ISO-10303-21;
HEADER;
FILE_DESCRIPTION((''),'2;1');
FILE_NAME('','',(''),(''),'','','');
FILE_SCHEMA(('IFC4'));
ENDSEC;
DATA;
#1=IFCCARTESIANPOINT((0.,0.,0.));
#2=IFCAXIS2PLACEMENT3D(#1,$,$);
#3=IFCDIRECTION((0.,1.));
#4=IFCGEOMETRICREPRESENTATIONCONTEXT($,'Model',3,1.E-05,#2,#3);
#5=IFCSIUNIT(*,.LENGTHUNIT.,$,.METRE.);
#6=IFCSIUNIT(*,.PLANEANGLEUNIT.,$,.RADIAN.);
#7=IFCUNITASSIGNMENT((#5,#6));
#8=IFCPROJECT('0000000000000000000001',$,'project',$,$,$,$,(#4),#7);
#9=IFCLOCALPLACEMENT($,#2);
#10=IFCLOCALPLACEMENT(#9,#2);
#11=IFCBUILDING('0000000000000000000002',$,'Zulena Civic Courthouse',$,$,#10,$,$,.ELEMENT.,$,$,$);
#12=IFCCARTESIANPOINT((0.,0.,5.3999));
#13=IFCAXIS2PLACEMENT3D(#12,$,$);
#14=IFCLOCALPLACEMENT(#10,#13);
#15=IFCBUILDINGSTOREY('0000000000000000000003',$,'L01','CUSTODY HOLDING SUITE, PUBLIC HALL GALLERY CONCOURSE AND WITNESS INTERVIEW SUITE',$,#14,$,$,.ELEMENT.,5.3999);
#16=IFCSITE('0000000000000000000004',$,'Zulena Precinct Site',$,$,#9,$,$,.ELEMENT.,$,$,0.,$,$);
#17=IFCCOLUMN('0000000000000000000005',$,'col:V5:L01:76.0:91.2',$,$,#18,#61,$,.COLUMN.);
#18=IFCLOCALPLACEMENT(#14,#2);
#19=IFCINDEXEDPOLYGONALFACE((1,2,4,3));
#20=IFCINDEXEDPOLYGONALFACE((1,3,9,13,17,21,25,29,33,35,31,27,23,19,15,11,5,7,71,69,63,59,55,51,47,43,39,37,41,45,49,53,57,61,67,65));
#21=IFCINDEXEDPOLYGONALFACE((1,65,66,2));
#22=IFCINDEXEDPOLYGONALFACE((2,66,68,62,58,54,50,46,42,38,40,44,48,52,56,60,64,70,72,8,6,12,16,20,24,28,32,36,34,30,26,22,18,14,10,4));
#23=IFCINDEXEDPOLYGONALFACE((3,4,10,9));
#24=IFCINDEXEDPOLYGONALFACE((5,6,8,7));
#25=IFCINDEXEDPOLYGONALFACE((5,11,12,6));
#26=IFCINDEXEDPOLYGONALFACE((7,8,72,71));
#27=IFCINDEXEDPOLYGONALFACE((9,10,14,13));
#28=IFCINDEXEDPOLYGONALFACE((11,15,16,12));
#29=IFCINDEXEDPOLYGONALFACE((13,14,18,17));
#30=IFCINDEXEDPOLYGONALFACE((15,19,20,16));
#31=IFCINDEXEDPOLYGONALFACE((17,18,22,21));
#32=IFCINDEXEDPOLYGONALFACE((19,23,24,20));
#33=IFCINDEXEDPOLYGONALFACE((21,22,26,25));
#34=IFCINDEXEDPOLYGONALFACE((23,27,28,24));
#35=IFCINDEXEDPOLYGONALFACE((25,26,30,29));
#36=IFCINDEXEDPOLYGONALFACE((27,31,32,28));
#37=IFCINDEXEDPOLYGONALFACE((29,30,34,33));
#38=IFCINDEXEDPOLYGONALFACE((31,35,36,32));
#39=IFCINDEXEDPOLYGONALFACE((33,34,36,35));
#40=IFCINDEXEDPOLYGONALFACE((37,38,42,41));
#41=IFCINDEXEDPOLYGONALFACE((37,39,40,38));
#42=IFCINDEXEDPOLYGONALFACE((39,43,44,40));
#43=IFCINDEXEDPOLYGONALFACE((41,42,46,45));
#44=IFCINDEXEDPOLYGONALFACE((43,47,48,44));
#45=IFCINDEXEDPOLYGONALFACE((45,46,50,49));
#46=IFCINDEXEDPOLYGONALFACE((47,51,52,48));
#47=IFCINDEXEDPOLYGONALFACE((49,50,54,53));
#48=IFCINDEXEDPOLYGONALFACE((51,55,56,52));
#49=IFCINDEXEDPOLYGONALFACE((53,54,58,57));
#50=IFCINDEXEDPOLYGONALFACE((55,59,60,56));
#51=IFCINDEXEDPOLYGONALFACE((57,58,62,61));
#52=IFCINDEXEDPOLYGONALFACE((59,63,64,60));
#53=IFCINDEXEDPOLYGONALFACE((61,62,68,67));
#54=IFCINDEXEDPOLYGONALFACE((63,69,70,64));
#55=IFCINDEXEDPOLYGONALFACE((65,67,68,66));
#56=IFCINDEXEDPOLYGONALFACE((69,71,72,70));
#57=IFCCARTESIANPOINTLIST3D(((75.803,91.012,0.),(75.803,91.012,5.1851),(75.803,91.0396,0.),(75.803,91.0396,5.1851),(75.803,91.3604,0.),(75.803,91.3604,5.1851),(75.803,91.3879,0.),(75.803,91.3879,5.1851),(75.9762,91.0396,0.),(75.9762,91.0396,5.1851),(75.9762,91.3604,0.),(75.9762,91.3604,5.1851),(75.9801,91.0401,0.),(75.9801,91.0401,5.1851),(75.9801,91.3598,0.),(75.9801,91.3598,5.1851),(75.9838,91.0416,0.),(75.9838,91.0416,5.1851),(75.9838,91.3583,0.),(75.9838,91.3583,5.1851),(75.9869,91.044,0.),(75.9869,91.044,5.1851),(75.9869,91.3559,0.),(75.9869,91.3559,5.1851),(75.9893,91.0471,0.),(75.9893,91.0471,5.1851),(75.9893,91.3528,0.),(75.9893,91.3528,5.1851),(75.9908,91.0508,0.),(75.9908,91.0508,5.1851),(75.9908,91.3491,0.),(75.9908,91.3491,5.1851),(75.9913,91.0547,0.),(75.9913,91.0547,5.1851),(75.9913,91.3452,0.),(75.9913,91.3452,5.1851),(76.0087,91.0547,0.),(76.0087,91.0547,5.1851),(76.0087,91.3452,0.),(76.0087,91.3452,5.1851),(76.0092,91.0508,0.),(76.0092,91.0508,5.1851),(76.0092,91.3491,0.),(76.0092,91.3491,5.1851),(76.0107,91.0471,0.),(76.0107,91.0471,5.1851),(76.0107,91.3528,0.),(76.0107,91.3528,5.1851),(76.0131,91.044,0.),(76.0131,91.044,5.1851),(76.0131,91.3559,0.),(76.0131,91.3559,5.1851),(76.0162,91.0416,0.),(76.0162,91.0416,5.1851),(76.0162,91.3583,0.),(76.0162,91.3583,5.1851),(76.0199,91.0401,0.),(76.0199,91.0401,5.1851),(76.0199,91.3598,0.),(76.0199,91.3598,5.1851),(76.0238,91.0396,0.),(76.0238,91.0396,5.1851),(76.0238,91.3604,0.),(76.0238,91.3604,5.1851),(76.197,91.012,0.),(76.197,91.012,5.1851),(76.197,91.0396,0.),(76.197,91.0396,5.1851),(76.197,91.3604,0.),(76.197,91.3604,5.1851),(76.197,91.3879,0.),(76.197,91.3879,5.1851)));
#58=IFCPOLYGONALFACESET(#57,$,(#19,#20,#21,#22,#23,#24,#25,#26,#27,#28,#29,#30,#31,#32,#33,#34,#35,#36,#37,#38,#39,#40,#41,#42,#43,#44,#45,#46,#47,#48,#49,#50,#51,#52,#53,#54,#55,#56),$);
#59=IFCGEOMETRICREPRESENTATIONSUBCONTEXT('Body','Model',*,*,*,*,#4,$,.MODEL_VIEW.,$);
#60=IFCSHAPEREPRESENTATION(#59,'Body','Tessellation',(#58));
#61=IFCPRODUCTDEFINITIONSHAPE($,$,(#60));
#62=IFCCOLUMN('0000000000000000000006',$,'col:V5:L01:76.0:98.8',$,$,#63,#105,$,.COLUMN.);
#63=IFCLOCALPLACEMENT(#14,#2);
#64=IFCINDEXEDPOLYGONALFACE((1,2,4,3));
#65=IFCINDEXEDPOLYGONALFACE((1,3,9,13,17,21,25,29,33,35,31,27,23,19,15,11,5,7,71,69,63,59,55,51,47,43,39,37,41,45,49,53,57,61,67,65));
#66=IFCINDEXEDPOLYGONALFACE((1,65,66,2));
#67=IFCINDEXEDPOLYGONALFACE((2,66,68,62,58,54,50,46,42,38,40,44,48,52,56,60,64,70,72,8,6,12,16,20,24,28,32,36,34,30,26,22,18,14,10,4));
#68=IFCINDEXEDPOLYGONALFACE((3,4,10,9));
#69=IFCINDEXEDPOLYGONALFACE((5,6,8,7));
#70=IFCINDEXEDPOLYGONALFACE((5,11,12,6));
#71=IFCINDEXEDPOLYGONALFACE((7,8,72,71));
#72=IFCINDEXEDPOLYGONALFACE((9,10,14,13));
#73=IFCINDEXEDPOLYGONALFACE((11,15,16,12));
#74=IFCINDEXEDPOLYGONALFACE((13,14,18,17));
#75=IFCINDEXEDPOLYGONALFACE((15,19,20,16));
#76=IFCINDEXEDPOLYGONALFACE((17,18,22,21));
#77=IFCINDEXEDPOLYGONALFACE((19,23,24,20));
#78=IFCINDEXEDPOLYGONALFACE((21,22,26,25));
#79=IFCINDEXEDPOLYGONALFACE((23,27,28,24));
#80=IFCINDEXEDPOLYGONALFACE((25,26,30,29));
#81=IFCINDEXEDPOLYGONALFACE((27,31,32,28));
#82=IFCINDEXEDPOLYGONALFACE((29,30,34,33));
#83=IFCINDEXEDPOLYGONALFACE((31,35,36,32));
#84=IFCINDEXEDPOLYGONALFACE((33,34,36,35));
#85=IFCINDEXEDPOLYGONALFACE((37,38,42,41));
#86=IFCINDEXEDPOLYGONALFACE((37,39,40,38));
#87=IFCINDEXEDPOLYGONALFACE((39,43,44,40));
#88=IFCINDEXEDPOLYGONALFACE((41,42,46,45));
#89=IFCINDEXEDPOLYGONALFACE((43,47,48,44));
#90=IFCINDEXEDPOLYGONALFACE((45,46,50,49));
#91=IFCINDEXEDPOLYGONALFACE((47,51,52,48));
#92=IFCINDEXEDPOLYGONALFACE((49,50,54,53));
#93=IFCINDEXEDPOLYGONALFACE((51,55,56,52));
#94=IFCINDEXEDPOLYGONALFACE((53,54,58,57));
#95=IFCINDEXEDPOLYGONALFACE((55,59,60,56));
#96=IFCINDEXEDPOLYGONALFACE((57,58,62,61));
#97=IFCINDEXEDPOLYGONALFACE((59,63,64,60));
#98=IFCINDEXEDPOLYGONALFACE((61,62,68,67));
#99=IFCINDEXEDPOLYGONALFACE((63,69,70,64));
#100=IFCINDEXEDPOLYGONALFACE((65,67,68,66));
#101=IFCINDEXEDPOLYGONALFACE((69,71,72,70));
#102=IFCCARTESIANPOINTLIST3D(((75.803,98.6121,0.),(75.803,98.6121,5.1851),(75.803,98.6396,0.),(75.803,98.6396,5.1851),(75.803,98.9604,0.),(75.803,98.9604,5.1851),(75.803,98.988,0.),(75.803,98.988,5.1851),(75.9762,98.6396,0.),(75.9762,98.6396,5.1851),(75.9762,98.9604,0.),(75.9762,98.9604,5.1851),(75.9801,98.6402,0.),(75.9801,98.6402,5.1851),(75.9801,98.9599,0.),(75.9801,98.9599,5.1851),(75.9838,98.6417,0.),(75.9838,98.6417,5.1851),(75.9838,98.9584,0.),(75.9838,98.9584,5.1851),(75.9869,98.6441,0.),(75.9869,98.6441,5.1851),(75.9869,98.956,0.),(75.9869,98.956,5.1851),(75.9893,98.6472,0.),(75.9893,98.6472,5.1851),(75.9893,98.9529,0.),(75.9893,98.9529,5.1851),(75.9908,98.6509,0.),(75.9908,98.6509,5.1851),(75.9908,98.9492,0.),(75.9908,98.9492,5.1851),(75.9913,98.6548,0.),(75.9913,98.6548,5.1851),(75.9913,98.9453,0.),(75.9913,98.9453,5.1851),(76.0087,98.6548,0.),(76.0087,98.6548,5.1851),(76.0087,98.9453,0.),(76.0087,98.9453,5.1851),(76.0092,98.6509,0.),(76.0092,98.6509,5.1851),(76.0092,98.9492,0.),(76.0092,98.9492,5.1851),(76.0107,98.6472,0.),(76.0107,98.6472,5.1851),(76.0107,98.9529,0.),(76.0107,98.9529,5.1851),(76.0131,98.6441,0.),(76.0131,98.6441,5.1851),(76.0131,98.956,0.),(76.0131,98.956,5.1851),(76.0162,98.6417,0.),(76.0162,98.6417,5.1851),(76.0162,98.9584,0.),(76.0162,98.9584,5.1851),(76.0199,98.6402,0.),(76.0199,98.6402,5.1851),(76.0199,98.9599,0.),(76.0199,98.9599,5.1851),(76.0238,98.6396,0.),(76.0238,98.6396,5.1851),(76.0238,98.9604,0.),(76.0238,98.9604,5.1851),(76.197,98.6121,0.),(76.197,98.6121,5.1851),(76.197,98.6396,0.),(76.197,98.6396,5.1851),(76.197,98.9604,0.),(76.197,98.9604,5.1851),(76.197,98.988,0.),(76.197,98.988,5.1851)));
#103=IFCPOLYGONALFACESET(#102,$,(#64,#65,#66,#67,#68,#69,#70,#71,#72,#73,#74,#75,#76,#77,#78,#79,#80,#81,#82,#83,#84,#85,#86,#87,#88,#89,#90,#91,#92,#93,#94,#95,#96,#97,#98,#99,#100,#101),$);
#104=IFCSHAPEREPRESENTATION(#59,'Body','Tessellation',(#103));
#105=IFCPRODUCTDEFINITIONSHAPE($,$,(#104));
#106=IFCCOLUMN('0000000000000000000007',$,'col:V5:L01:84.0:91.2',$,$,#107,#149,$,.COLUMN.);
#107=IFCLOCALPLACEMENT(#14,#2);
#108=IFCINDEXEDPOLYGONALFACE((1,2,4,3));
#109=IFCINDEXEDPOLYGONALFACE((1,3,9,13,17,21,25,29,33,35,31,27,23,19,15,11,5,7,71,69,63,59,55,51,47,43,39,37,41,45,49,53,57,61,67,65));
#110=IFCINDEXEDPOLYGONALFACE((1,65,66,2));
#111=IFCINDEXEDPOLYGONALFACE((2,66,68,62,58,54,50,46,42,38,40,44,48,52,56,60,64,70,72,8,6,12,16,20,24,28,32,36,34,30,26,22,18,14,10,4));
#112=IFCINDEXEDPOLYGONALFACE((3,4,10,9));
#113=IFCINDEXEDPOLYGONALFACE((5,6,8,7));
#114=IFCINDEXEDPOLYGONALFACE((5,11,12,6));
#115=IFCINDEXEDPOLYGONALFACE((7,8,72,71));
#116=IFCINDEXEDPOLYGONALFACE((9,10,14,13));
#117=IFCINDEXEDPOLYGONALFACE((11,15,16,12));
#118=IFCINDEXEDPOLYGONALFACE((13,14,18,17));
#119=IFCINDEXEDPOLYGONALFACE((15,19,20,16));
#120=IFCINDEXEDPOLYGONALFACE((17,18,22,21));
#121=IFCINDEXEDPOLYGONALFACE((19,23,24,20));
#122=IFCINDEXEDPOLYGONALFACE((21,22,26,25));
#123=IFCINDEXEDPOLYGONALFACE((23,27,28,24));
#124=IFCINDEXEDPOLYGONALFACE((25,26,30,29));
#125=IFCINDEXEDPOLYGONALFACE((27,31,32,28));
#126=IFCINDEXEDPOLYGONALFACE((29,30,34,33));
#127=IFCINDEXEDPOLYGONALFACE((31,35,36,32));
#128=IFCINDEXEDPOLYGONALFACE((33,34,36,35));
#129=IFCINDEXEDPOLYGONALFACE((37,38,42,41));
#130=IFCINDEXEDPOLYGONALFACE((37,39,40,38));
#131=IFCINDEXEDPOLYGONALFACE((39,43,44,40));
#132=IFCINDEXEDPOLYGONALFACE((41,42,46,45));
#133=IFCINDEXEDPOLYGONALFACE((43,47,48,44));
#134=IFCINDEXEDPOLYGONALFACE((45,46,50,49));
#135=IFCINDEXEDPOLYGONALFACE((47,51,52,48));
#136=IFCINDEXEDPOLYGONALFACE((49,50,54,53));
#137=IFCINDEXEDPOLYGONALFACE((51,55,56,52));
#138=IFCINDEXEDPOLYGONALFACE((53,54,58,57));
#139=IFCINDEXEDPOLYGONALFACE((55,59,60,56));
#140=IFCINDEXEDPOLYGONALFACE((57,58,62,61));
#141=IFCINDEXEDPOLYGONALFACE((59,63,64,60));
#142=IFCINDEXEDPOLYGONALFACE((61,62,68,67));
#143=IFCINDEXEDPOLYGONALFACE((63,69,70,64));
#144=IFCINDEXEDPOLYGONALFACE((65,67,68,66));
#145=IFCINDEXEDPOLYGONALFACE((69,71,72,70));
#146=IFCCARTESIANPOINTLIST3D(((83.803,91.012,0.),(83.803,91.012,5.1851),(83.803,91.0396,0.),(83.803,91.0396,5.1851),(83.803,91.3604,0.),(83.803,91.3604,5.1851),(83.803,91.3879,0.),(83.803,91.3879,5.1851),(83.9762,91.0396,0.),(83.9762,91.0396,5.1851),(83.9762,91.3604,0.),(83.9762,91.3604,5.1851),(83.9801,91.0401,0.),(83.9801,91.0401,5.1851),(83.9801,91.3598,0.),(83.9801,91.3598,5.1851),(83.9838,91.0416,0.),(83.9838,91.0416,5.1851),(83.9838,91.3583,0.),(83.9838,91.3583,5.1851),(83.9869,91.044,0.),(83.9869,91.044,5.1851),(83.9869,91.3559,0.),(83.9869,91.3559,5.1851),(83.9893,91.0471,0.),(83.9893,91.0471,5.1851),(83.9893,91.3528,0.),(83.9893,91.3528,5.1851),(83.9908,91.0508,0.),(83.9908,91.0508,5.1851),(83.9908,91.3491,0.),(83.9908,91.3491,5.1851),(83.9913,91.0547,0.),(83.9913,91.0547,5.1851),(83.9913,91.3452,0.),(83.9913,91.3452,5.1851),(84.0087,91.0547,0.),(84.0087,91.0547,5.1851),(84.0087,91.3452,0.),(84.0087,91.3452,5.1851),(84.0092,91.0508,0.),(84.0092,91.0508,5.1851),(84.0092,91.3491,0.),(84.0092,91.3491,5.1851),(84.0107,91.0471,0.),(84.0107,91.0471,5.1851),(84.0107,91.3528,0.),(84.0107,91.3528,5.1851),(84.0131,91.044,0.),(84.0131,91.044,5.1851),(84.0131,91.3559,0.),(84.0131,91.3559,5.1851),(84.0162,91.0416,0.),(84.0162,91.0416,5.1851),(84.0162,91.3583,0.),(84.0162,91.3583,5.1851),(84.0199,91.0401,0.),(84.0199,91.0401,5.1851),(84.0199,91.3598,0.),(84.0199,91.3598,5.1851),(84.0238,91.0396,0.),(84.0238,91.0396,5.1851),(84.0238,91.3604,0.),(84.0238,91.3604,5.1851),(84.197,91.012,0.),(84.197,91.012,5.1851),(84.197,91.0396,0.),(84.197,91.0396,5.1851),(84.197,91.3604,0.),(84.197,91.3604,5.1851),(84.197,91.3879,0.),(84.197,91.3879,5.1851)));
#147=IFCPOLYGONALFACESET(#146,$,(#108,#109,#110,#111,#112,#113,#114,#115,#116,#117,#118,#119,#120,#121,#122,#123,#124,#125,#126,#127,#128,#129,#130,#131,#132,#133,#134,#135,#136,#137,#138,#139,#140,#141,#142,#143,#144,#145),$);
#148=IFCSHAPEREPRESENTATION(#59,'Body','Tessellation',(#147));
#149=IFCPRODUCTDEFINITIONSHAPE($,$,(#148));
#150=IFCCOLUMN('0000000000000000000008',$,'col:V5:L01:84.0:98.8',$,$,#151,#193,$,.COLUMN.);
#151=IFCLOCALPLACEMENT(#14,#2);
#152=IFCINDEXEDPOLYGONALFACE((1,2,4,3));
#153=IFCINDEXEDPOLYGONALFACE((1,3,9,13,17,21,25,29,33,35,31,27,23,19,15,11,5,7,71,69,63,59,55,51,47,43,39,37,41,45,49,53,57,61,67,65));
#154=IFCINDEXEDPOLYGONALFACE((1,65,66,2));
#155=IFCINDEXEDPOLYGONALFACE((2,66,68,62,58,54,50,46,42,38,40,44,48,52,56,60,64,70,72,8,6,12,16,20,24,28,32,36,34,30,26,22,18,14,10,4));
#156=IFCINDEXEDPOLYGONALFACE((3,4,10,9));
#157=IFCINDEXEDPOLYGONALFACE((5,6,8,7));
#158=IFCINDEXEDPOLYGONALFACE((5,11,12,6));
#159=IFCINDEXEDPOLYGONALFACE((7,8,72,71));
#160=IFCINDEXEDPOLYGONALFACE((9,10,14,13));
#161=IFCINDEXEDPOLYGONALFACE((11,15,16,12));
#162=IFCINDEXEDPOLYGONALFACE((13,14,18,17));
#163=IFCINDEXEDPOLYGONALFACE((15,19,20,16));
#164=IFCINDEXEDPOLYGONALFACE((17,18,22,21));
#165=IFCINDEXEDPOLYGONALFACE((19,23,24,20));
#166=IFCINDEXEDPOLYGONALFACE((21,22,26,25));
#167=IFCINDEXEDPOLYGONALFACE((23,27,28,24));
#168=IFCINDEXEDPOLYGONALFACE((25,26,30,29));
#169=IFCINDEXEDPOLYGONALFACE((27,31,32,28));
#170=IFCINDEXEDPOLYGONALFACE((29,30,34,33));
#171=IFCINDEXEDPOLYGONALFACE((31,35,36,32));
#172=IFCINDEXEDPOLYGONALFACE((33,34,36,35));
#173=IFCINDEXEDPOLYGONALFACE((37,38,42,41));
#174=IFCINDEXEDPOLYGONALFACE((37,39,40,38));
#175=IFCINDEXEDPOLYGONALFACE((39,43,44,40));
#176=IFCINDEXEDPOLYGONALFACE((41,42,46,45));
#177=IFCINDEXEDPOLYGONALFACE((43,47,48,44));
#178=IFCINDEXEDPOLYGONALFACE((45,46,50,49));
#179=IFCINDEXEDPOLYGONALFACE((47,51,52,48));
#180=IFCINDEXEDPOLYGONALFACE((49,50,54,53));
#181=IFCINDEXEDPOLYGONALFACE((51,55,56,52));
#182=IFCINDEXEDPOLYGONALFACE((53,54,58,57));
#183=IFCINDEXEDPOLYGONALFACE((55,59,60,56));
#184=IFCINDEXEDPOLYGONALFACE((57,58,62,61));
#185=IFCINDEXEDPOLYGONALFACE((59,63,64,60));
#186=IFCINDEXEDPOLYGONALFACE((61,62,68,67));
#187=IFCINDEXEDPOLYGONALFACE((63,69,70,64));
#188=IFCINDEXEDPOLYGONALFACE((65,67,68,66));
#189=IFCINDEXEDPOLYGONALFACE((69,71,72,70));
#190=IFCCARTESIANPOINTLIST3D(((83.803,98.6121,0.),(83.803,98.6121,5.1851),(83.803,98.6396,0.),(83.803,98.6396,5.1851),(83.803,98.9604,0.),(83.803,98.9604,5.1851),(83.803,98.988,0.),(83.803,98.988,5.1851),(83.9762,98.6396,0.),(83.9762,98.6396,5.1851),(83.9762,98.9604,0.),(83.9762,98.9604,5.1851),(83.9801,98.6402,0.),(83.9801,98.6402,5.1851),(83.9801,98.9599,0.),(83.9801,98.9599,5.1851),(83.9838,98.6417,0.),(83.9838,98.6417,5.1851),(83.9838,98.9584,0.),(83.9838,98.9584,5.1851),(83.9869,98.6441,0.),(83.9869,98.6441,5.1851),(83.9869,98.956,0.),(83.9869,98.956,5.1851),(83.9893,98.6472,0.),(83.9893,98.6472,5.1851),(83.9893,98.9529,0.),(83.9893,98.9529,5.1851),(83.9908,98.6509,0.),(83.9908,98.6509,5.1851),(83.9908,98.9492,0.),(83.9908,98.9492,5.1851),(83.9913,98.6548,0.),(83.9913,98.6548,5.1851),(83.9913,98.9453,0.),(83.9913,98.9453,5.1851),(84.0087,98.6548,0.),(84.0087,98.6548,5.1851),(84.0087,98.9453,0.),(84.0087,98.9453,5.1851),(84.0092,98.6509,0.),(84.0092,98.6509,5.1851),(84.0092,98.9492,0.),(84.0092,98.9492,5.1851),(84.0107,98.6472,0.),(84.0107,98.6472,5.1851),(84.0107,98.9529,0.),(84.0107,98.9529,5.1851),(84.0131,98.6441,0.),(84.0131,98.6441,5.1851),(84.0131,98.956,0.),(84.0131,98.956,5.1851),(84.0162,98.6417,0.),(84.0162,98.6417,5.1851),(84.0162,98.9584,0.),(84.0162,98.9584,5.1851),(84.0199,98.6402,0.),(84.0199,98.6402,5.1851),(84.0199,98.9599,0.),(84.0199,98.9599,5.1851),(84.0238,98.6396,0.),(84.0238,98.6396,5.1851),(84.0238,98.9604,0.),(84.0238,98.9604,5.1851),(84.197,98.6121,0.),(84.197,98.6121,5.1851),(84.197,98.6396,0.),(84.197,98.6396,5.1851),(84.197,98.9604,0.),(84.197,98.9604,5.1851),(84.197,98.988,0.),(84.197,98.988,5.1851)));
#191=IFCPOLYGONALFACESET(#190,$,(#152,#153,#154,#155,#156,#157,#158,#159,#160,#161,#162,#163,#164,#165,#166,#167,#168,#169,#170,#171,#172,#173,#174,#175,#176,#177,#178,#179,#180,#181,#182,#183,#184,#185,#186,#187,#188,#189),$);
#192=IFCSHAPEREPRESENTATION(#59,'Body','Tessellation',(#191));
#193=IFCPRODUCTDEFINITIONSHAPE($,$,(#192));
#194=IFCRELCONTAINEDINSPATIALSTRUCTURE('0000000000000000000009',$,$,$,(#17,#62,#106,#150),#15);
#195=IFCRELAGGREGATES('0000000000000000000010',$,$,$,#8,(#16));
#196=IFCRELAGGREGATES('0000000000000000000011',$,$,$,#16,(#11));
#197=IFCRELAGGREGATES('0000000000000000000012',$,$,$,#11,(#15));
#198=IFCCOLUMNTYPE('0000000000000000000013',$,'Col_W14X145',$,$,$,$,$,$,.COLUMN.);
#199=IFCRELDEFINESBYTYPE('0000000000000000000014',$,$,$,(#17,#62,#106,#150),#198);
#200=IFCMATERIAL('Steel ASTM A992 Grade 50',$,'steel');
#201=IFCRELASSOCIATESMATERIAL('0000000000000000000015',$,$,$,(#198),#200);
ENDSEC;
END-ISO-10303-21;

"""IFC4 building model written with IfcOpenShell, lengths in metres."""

from ifc_helpers import new_model, si_unit, direction, frame, origin, origin_2d, place, context, subcontext, project, spatial, i_section, extrude, material, material_profile, profile_set, type_object, element, save


model = new_model("IFC4")

# Units and contexts
model_context = context("Model", 3, precision=1e-05, world=origin(), true_north=direction((0.0, 1.0)))
body_context = subcontext(model_context, "Body", "Model", "MODEL_VIEW")
ifc_project = project(units=[si_unit("LENGTHUNIT", "METRE"), si_unit("PLANEANGLEUNIT", "RADIAN")], contexts=[model_context])

# Site, building, storey
site_placement = place(None, origin())
site = spatial("IfcSite", under=ifc_project, at=site_placement, Name="Zulena Precinct Site", CompositionType="ELEMENT", RefElevation=0.0)
building_placement = place(site_placement, origin())
building = spatial("IfcBuilding", under=site, at=building_placement, Name="Zulena Civic Courthouse", CompositionType="ELEMENT")
storey_placement = place(building_placement, frame((0.0, 0.0, 5.3999)))
storey = spatial("IfcBuildingStorey", under=building, at=storey_placement, Name="L01", Description="CUSTODY HOLDING SUITE, PUBLIC HALL GALLERY CONCOURSE AND WITNESS INTERVIEW SUITE", CompositionType="ELEMENT", Elevation=5.3999)

# Columns
ifc_material_1 = material(Name="Steel ASTM A992 Grade 50", Category="steel")
ifc_material_profile_1 = material_profile(ifc_material_1, i_section(OverallWidth=0.394, OverallDepth=0.376, WebThickness=0.0173, FlangeThickness=0.0276, FilletRadius=0.0151, at=origin_2d()), Name="W14X145")
ifc_profile_set_1 = profile_set([ifc_material_profile_1], Name="Steel ASTM A992 Grade 50")
column_type_1 = type_object("IfcColumnType", Name="Col_W14X145", PredefinedType="COLUMN", material=ifc_profile_set_1)
for number, where, z_axis, x_axis, name in (
    (1, (76.0, 91.2, 0.0), (0.0, 0.0, 1.0), (1.0, 0.0, 0.0), "col:V5:L01:76.0:91.2"),
    (2, (76.0, 98.8, 0.0), (0.0, 0.0, 1.0), (1.0, 0.0, 0.0), "col:V5:L01:76.0:98.8"),
    (3, (84.0, 91.2, 0.0), (0.0, 0.0, 1.0), (1.0, 0.0, 0.0), "col:V5:L01:84.0:91.2"),
    (4, (84.0, 98.8, 0.0), (0.0, 0.0, 1.0), (1.0, 0.0, 0.0), "col:V5:L01:84.0:98.8"),
):
    element("IfcColumn", number, at=place(storey_placement, frame(where, z_axis=z_axis, x_axis=x_axis)), inside=storey, type_object=column_type_1, Name=name, PredefinedType="COLUMN", context=body_context, shape_type="SweptSolid", body=[
        extrude(i_section(OverallWidth=0.394, OverallDepth=0.376, WebThickness=0.0173, FlangeThickness=0.0276, FilletRadius=0.0151, at=origin_2d()), origin(), (0.0, 0.0, 1.0), 5.1851),
    ])

save(model, "model.ifc")
